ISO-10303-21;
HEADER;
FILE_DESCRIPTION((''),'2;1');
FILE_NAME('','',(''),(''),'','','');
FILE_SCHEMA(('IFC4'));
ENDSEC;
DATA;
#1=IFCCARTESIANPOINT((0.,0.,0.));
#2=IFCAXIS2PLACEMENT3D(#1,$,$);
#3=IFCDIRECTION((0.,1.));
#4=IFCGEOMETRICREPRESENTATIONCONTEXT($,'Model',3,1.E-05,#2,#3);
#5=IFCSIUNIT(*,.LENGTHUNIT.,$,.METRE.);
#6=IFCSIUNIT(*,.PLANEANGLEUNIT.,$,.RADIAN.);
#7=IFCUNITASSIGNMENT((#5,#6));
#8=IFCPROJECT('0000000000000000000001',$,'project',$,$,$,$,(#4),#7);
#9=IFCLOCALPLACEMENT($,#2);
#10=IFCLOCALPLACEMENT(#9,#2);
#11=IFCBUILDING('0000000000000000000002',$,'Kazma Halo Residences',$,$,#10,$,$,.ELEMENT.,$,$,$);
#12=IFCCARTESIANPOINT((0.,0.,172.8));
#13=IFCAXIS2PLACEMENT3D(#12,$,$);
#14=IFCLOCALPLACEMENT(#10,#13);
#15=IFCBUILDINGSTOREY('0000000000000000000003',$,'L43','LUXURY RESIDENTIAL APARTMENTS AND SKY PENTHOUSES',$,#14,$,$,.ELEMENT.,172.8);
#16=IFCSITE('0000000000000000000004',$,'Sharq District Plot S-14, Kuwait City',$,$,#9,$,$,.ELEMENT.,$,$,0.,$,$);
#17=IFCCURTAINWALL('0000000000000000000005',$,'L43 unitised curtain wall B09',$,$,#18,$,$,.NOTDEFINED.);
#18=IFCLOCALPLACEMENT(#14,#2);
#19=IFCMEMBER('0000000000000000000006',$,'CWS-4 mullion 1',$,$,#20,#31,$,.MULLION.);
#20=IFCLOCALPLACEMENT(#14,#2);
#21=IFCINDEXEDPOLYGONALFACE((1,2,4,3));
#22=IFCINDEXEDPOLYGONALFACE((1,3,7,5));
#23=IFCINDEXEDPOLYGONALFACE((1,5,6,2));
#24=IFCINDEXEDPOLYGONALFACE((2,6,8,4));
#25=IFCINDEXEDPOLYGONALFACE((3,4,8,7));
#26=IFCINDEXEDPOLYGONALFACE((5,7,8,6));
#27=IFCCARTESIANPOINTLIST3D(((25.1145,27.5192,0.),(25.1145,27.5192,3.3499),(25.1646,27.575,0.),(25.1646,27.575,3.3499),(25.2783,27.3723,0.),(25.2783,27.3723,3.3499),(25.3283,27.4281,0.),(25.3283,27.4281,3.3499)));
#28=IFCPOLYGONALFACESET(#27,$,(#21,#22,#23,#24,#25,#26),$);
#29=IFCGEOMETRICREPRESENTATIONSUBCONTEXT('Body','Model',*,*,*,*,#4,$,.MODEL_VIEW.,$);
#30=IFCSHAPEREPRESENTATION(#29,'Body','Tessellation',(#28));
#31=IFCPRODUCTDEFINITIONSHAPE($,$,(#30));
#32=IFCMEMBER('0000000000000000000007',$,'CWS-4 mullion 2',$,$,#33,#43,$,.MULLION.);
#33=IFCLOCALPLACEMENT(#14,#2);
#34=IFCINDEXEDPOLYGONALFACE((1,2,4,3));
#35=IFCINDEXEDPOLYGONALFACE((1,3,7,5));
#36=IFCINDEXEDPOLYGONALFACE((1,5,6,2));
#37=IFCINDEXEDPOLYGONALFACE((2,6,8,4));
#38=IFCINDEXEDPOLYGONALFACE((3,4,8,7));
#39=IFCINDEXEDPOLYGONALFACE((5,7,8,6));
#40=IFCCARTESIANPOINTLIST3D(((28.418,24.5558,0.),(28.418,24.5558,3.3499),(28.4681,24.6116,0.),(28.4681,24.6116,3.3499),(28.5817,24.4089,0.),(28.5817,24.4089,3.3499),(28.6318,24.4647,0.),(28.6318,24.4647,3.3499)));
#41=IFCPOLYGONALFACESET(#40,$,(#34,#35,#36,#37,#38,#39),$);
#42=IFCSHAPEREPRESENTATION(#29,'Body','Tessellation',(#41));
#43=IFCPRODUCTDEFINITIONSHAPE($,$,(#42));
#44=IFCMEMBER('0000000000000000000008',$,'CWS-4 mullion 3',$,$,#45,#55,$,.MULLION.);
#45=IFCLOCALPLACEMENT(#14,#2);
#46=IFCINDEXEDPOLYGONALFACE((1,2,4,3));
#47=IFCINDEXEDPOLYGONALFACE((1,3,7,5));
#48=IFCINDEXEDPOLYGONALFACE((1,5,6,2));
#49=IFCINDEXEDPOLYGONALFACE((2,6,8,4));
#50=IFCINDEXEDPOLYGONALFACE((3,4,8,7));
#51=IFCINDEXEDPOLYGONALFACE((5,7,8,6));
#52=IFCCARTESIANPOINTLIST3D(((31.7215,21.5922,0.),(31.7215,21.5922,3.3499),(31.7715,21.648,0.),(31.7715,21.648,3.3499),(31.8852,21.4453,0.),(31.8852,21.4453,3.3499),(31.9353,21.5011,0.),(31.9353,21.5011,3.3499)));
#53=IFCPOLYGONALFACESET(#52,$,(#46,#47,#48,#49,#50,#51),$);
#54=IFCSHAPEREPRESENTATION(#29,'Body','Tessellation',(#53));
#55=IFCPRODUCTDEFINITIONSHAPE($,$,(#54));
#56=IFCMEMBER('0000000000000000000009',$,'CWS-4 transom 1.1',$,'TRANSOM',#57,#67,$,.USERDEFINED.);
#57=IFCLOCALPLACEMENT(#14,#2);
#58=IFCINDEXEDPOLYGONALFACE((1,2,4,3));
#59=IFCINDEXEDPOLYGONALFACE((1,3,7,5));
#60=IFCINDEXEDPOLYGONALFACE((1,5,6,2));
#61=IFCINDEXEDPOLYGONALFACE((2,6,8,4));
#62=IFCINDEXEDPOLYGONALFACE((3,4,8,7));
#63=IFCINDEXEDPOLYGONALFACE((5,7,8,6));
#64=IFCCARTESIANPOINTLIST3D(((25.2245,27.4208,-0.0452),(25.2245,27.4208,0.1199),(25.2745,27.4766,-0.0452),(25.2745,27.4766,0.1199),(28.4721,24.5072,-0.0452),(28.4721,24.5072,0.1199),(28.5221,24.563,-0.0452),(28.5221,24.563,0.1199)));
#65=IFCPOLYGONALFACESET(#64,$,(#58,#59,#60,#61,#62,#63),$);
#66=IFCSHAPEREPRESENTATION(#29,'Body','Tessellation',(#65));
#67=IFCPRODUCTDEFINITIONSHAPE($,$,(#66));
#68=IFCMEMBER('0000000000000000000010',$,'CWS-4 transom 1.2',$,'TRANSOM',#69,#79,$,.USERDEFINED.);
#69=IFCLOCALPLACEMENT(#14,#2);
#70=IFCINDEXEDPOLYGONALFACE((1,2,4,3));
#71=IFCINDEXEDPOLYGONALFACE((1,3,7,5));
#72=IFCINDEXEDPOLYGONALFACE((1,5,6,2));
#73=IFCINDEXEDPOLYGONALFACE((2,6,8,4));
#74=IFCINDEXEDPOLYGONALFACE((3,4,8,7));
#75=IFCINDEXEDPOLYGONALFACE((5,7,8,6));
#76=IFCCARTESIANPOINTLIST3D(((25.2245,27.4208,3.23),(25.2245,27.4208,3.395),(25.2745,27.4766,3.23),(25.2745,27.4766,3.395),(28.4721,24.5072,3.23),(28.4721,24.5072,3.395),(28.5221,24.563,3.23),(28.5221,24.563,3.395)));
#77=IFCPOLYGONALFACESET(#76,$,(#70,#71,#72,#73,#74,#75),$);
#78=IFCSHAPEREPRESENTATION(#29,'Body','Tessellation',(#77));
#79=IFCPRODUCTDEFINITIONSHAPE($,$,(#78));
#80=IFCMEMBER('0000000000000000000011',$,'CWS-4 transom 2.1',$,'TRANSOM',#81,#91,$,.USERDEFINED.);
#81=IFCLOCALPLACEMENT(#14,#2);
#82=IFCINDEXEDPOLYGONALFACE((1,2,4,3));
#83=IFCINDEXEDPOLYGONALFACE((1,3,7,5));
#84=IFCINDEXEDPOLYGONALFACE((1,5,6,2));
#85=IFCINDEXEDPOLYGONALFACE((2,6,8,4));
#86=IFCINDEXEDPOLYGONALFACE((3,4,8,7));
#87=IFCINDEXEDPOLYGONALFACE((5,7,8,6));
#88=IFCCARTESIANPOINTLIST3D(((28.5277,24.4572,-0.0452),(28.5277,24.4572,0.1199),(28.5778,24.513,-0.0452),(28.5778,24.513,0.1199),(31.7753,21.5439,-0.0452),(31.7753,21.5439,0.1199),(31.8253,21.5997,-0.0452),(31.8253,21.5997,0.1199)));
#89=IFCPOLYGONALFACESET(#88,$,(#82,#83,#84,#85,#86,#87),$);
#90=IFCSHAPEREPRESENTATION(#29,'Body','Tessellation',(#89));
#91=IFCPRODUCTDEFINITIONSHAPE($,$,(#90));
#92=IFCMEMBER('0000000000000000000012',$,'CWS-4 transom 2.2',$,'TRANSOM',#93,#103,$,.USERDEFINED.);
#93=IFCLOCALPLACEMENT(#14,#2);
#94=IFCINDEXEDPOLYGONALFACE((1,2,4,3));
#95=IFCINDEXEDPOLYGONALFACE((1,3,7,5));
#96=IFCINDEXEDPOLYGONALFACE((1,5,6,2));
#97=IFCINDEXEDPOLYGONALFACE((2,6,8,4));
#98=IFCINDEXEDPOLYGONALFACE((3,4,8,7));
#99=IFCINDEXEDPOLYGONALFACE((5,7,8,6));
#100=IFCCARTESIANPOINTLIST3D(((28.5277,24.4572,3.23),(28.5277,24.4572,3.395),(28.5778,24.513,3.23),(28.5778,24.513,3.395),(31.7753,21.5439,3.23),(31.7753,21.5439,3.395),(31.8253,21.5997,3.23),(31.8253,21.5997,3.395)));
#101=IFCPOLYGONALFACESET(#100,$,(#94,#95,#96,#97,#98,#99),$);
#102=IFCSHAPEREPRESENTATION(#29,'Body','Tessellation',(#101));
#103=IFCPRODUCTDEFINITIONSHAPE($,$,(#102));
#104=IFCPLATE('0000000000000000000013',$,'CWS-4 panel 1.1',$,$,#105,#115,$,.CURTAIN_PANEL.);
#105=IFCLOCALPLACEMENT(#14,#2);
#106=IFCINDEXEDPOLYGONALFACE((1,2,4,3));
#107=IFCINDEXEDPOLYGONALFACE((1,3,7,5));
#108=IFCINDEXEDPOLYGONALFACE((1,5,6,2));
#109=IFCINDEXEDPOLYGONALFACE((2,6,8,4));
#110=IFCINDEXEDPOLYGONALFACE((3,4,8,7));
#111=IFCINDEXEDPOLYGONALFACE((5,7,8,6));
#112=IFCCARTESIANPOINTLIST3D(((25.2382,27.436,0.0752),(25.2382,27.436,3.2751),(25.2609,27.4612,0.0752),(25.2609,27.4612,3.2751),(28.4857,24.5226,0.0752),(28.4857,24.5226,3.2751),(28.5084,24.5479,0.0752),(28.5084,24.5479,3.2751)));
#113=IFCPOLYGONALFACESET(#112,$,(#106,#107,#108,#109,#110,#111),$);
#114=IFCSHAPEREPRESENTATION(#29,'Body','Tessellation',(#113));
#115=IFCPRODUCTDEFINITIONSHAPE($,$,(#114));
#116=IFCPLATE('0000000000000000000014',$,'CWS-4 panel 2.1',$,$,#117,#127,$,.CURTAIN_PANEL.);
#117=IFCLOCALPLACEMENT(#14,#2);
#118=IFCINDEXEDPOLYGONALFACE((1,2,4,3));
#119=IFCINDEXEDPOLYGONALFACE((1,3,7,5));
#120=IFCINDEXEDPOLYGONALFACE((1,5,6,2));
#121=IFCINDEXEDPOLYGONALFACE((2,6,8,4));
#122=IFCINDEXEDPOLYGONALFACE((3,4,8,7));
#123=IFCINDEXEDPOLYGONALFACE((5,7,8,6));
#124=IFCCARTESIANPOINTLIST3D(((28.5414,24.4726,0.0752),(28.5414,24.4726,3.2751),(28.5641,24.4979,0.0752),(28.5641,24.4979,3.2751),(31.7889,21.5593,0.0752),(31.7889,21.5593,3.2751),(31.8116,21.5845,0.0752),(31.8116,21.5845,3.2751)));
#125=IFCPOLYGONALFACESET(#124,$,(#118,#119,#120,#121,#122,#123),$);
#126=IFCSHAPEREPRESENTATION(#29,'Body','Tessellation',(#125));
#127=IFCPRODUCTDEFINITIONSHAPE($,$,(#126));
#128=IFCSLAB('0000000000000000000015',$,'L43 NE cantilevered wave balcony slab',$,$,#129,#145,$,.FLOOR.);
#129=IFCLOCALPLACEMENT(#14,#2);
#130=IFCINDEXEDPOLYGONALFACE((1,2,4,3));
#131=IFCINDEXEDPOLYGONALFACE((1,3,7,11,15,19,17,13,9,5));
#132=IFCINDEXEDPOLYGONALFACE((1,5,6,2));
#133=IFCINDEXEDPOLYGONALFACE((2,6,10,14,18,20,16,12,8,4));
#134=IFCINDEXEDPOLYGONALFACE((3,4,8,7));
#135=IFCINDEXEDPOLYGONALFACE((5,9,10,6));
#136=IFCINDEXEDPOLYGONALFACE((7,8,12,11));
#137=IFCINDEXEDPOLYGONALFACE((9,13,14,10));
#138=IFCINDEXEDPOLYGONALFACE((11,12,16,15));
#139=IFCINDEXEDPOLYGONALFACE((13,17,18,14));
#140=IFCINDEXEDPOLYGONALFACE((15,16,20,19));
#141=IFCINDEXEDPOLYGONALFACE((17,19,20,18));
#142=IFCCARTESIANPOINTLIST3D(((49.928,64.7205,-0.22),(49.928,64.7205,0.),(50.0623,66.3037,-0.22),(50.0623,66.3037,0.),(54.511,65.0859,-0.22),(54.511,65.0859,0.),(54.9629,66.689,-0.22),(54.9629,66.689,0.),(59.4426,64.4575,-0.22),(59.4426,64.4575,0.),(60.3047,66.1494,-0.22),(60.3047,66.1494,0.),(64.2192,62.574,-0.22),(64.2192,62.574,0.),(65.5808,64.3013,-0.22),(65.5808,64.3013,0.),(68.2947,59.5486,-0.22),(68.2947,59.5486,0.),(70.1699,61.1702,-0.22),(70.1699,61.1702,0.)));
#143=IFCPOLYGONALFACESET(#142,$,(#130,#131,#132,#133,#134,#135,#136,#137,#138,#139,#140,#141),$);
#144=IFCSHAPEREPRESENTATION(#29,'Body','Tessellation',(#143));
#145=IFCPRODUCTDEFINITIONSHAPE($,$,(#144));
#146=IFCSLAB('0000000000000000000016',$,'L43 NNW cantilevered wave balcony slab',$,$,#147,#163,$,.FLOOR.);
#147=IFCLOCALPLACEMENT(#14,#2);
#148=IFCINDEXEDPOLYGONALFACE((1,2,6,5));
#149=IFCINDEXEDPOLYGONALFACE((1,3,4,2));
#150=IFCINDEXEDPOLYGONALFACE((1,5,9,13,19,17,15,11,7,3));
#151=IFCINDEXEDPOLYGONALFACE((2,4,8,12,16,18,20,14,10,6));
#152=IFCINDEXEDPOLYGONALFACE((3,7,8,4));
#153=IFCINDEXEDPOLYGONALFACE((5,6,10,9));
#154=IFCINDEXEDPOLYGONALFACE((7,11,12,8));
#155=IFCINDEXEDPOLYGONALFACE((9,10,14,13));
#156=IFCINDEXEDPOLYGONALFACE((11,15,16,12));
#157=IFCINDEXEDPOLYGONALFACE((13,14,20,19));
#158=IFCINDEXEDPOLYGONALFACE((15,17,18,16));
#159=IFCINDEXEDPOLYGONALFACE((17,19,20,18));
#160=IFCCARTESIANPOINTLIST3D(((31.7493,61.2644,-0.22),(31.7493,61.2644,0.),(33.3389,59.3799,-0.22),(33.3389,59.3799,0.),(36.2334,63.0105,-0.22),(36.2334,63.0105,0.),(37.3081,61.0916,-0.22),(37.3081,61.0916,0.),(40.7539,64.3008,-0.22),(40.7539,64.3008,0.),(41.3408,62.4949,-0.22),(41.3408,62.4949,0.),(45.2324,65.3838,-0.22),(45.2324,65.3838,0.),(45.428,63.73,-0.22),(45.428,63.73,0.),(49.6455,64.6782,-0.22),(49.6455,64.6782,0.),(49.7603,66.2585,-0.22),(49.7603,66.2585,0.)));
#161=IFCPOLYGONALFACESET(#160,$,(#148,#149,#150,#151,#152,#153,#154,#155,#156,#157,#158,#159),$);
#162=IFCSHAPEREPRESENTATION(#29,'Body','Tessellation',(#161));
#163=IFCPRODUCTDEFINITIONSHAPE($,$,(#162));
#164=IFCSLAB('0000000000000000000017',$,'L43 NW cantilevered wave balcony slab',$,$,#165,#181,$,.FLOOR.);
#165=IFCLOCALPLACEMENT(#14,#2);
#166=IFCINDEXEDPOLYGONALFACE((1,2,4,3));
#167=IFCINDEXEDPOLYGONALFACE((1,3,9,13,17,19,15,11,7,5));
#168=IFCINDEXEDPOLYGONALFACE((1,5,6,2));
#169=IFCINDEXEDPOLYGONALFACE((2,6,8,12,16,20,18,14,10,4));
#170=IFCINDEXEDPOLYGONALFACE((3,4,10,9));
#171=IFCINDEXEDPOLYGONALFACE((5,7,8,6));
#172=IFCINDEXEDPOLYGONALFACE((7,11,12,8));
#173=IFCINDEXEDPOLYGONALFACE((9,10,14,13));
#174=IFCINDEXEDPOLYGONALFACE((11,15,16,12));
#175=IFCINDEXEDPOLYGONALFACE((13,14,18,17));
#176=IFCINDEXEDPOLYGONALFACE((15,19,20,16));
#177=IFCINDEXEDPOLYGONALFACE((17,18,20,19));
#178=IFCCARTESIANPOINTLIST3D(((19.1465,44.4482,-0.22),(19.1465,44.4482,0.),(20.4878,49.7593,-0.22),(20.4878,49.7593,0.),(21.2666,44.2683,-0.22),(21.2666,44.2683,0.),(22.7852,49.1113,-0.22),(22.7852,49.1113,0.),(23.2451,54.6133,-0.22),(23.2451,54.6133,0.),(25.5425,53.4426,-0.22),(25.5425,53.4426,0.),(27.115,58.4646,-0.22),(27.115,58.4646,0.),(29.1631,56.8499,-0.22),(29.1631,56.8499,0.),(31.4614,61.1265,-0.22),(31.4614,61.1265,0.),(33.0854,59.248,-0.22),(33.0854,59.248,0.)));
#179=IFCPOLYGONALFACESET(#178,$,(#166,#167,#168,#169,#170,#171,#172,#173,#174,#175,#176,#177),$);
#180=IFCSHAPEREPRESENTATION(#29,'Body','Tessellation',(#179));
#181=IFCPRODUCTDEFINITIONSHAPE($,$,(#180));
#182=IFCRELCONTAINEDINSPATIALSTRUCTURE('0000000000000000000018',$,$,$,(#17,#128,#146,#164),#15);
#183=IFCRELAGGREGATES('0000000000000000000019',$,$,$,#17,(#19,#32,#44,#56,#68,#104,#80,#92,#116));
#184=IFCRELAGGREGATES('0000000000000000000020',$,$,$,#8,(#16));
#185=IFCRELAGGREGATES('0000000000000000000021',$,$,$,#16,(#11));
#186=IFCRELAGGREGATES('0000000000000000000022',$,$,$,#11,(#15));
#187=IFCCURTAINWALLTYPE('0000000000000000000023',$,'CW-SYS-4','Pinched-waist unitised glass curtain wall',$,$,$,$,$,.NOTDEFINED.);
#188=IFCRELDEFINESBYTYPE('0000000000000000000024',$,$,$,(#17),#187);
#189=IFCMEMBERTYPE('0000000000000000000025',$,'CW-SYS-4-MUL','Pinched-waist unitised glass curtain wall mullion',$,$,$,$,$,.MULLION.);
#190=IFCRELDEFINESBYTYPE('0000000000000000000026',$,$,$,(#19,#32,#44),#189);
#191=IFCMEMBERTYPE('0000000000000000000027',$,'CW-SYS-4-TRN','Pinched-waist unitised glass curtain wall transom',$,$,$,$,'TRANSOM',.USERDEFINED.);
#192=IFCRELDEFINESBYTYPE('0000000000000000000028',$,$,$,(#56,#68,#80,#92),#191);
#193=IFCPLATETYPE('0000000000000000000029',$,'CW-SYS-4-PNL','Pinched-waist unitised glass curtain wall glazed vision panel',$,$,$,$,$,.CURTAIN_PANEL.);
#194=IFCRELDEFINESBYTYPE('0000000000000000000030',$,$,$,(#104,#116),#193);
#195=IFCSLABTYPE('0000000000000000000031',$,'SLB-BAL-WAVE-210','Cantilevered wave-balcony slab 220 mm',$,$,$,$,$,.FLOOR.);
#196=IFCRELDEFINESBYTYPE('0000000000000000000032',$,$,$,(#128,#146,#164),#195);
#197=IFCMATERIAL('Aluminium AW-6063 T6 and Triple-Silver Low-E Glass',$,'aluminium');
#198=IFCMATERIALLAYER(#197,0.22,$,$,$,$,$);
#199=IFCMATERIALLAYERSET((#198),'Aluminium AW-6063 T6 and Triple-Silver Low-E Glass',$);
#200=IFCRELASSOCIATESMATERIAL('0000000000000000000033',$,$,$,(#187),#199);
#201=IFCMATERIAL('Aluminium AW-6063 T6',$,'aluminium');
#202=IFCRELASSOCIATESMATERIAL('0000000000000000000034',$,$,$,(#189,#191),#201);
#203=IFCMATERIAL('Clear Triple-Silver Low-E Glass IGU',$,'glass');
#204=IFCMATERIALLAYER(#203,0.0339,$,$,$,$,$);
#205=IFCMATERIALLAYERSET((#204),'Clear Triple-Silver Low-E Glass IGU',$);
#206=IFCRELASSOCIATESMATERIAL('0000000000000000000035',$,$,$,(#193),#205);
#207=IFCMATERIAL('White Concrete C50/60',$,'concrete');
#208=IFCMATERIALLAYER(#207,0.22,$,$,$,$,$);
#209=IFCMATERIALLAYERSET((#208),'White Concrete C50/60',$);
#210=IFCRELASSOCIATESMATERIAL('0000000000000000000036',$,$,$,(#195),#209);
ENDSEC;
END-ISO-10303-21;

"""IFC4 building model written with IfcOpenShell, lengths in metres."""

from ifc_helpers import new_model, si_unit, direction, frame, origin, origin_2d, place, context, subcontext, project, spatial, polyline, rectangle, outline, extrude, material, layer, layer_set, material_profile, profile_set, type_object, element, aggregate, save


model = new_model("IFC4")

# Units and contexts
model_context = context("Model", 3, precision=1e-05, world=origin(), true_north=direction((0.0, 1.0)))
body_context = subcontext(model_context, "Body", "Model", "MODEL_VIEW")
ifc_project = project(units=[si_unit("LENGTHUNIT", "METRE"), si_unit("PLANEANGLEUNIT", "RADIAN")], contexts=[model_context])

# Site, building, storey
site_placement = place(None, origin())
site = spatial("IfcSite", under=ifc_project, at=site_placement, Name="Sharq District Plot S-14, Kuwait City", CompositionType="ELEMENT", RefElevation=0.0)
building_placement = place(site_placement, origin())
building = spatial("IfcBuilding", under=site, at=building_placement, Name="Kazma Halo Residences", CompositionType="ELEMENT")
storey_placement = place(building_placement, frame((0.0, 0.0, 172.8)))
storey = spatial("IfcBuildingStorey", under=building, at=storey_placement, Name="L43", Description="LUXURY RESIDENTIAL APARTMENTS AND SKY PENTHOUSES", CompositionType="ELEMENT", Elevation=172.8)

# Curtain wall, members, plates
ifc_material_1 = material(Name="Aluminium AW-6063 T6 and Triple-Silver Low-E Glass", Category="aluminium")
ifc_layer_1 = layer(ifc_material_1, 0.22)
ifc_layer_set_1 = layer_set([ifc_layer_1], Name="Aluminium AW-6063 T6 and Triple-Silver Low-E Glass")
curtain_wall_type = type_object("IfcCurtainWallType", Name="CW-SYS-4", Description="Pinched-waist unitised glass curtain wall", PredefinedType="NOTDEFINED", material=ifc_layer_set_1)
curtain_wall_placement = place(storey_placement, origin())
curtain_wall = element("IfcCurtainWall", 1, at=curtain_wall_placement, inside=storey, type_object=curtain_wall_type, Name="L43 unitised curtain wall B09", PredefinedType="NOTDEFINED")
ifc_material_2 = material(Name="Aluminium AW-6063 T6", Category="aluminium")
ifc_material_profile_1 = material_profile(ifc_material_2, rectangle(XDim=0.075, YDim=0.22, at=origin_2d()), Name="CWM-75x220")
ifc_profile_set_1 = profile_set([ifc_material_profile_1], Name="Aluminium AW-6063 T6")
member_type_1 = type_object("IfcMemberType", Name="CW-SYS-4-MUL", Description="Pinched-waist unitised glass curtain wall mullion", PredefinedType="MULLION", material=ifc_profile_set_1)
member_1_placement = place(storey_placement, frame((25.2214, 27.4736, 0.0), z_axis=(0.0, 0.0, 1.0), x_axis=(0.66777, 0.744368, 0.0)))
member_1 = element("IfcMember", 2, at=member_1_placement, type_object=member_type_1, Name="CWS-4 mullion 1", PredefinedType="MULLION", context=body_context, shape_type="SweptSolid", body=[
    extrude(rectangle(XDim=0.075, YDim=0.22, at=origin_2d()), origin(), (0.0, 0.0, 1.0), 3.3499),
])
member_2_placement = place(storey_placement, frame((28.5249, 24.5103, 0.0), z_axis=(0.0, 0.0, 1.0), x_axis=(0.66777, 0.744368, 0.0)))
member_2 = element("IfcMember", 3, at=member_2_placement, type_object=member_type_1, Name="CWS-4 mullion 2", PredefinedType="MULLION", context=body_context, shape_type="SweptSolid", body=[
    extrude(rectangle(XDim=0.075, YDim=0.22, at=origin_2d()), origin(), (0.0, 0.0, 1.0), 3.3499),
])
member_3_placement = place(storey_placement, frame((31.8284, 21.5466, 0.0), z_axis=(0.0, 0.0, 1.0), x_axis=(0.66777, 0.744368, 0.0)))
member_3 = element("IfcMember", 4, at=member_3_placement, type_object=member_type_1, Name="CWS-4 mullion 3", PredefinedType="MULLION", context=body_context, shape_type="SweptSolid", body=[
    extrude(rectangle(XDim=0.075, YDim=0.22, at=origin_2d()), origin(), (0.0, 0.0, 1.0), 3.3499),
])
ifc_material_profile_2 = material_profile(ifc_material_2, rectangle(XDim=0.075, YDim=0.165, at=origin_2d()), Name="CWT-75x165")
ifc_profile_set_2 = profile_set([ifc_material_profile_2], Name="Aluminium AW-6063 T6")
member_type_2 = type_object("IfcMemberType", Name="CW-SYS-4-TRN", Description="Pinched-waist unitised glass curtain wall transom", ElementType="TRANSOM", PredefinedType="USERDEFINED", material=ifc_profile_set_2)
member_4_placement = place(storey_placement, frame((25.2495, 27.4487, 0.0374), z_axis=(0.744345, -0.667795, 0.0), x_axis=(0.667795, 0.744345, 0.0)))
member_4 = element("IfcMember", 5, at=member_4_placement, type_object=member_type_2, Name="CWS-4 transom 1.1", ObjectType="TRANSOM", PredefinedType="USERDEFINED", context=body_context, shape_type="SweptSolid", body=[
    extrude(rectangle(XDim=0.075, YDim=0.165, at=origin_2d()), origin(), (0.0, 0.0, 1.0), 4.363),
])
member_5_placement = place(storey_placement, frame((25.2495, 27.4487, 3.3125), z_axis=(0.744345, -0.667795, 0.0), x_axis=(0.667795, 0.744345, 0.0)))
member_5 = element("IfcMember", 6, at=member_5_placement, type_object=member_type_2, Name="CWS-4 transom 1.2", ObjectType="TRANSOM", PredefinedType="USERDEFINED", context=body_context, shape_type="SweptSolid", body=[
    extrude(rectangle(XDim=0.075, YDim=0.165, at=origin_2d()), origin(), (0.0, 0.0, 1.0), 4.363),
])
member_6_placement = place(storey_placement, frame((28.5527, 24.4851, 0.0374), z_axis=(0.744373, -0.667764, 0.0), x_axis=(0.667764, 0.744373, 0.0)))
member_6 = element("IfcMember", 7, at=member_6_placement, type_object=member_type_2, Name="CWS-4 transom 2.1", ObjectType="TRANSOM", PredefinedType="USERDEFINED", context=body_context, shape_type="SweptSolid", body=[
    extrude(rectangle(XDim=0.075, YDim=0.165, at=origin_2d()), origin(), (0.0, 0.0, 1.0), 4.3628),
])
member_7_placement = place(storey_placement, frame((28.5527, 24.4851, 3.3125), z_axis=(0.744373, -0.667764, 0.0), x_axis=(0.667764, 0.744373, 0.0)))
member_7 = element("IfcMember", 8, at=member_7_placement, type_object=member_type_2, Name="CWS-4 transom 2.2", ObjectType="TRANSOM", PredefinedType="USERDEFINED", context=body_context, shape_type="SweptSolid", body=[
    extrude(rectangle(XDim=0.075, YDim=0.165, at=origin_2d()), origin(), (0.0, 0.0, 1.0), 4.3628),
])
ifc_material_3 = material(Name="Clear Triple-Silver Low-E Glass IGU", Category="glass")
ifc_layer_2 = layer(ifc_material_3, 0.0339)
ifc_layer_set_2 = layer_set([ifc_layer_2], Name="Clear Triple-Silver Low-E Glass IGU")
plate_type = type_object("IfcPlateType", Name="CW-SYS-4-PNL", Description="Pinched-waist unitised glass curtain wall glazed vision panel", PredefinedType="CURTAIN_PANEL", material=ifc_layer_set_2)
plate_1_placement = place(storey_placement, frame((26.8733, 25.9919, 0.0752), z_axis=(0.0, 0.0, 1.0), x_axis=(0.744368, -0.66777, 0.0)))
plate_1 = element("IfcPlate", 9, at=plate_1_placement, type_object=plate_type, Name="CWS-4 panel 1.1", PredefinedType="CURTAIN_PANEL", context=body_context, shape_type="SweptSolid", body=[
    extrude(rectangle(XDim=4.3628, YDim=0.0339, at=origin_2d()), origin(), (0.0, 0.0, 1.0), 3.2),
])
plate_2_placement = place(storey_placement, frame((30.1765, 23.0286, 0.0752), z_axis=(0.0, 0.0, 1.0), x_axis=(0.744368, -0.66777, 0.0)))
plate_2 = element("IfcPlate", 10, at=plate_2_placement, type_object=plate_type, Name="CWS-4 panel 2.1", PredefinedType="CURTAIN_PANEL", context=body_context, shape_type="SweptSolid", body=[
    extrude(rectangle(XDim=4.3628, YDim=0.0339, at=origin_2d()), origin(), (0.0, 0.0, 1.0), 3.2),
])
aggregate(curtain_wall, [member_1, member_2, member_3, member_4, member_5, plate_1, member_6, member_7, plate_2])

# Slabs
ifc_material_4 = material(Name="White Concrete C50/60", Category="concrete")
ifc_layer_3 = layer(ifc_material_4, 0.22)
ifc_layer_set_3 = layer_set([ifc_layer_3], Name="White Concrete C50/60")
slab_type_1 = type_object("IfcSlabType", Name="SLB-BAL-WAVE-210", Description="Cantilevered wave-balcony slab 220 mm", PredefinedType="FLOOR", material=ifc_layer_set_3)
slab_1_placement = place(storey_placement, frame((0.0, 0.0, -0.22)))
element("IfcSlab", 11, at=slab_1_placement, inside=storey, type_object=slab_type_1, Name="L43 NE cantilevered wave balcony slab", PredefinedType="FLOOR", context=body_context, shape_type="SweptSolid", body=[
    extrude(outline(polyline([(68.2947, 59.5486), (64.2192, 62.574), (59.4426, 64.4575), (54.511, 65.0859), (49.928, 64.7205), (50.0623, 66.3037), (54.9629, 66.689), (60.3047, 66.1494), (65.5808, 64.3013), (70.1699, 61.1702), (68.2947, 59.5486)])), origin(), (0.0, 0.0, 1.0), 0.22),
])
slab_2_placement = place(storey_placement, frame((0.0, 0.0, -0.22)))
element("IfcSlab", 12, at=slab_2_placement, inside=storey, type_object=slab_type_1, Name="L43 NNW cantilevered wave balcony slab", PredefinedType="FLOOR", context=body_context, shape_type="SweptSolid", body=[
    extrude(outline(polyline([(49.6455, 64.6782), (45.428, 63.73), (41.3408, 62.4949), (37.3081, 61.0916), (33.3389, 59.3799), (31.7493, 61.2644), (36.2334, 63.0105), (40.7539, 64.3008), (45.2324, 65.3838), (49.7603, 66.2585), (49.6455, 64.6782)])), origin(), (0.0, 0.0, 1.0), 0.22),
])
slab_3_placement = place(storey_placement, frame((0.0, 0.0, -0.22)))
element("IfcSlab", 13, at=slab_3_placement, inside=storey, type_object=slab_type_1, Name="L43 NW cantilevered wave balcony slab", PredefinedType="FLOOR", context=body_context, shape_type="SweptSolid", body=[
    extrude(outline(polyline([(33.0854, 59.248), (29.1631, 56.8499), (25.5425, 53.4426), (22.7852, 49.1113), (21.2666, 44.2683), (19.1465, 44.4482), (20.4878, 49.7593), (23.2451, 54.6133), (27.115, 58.4646), (31.4614, 61.1265), (33.0854, 59.248)])), origin(), (0.0, 0.0, 1.0), 0.22),
])

save(model, "model.ifc")
